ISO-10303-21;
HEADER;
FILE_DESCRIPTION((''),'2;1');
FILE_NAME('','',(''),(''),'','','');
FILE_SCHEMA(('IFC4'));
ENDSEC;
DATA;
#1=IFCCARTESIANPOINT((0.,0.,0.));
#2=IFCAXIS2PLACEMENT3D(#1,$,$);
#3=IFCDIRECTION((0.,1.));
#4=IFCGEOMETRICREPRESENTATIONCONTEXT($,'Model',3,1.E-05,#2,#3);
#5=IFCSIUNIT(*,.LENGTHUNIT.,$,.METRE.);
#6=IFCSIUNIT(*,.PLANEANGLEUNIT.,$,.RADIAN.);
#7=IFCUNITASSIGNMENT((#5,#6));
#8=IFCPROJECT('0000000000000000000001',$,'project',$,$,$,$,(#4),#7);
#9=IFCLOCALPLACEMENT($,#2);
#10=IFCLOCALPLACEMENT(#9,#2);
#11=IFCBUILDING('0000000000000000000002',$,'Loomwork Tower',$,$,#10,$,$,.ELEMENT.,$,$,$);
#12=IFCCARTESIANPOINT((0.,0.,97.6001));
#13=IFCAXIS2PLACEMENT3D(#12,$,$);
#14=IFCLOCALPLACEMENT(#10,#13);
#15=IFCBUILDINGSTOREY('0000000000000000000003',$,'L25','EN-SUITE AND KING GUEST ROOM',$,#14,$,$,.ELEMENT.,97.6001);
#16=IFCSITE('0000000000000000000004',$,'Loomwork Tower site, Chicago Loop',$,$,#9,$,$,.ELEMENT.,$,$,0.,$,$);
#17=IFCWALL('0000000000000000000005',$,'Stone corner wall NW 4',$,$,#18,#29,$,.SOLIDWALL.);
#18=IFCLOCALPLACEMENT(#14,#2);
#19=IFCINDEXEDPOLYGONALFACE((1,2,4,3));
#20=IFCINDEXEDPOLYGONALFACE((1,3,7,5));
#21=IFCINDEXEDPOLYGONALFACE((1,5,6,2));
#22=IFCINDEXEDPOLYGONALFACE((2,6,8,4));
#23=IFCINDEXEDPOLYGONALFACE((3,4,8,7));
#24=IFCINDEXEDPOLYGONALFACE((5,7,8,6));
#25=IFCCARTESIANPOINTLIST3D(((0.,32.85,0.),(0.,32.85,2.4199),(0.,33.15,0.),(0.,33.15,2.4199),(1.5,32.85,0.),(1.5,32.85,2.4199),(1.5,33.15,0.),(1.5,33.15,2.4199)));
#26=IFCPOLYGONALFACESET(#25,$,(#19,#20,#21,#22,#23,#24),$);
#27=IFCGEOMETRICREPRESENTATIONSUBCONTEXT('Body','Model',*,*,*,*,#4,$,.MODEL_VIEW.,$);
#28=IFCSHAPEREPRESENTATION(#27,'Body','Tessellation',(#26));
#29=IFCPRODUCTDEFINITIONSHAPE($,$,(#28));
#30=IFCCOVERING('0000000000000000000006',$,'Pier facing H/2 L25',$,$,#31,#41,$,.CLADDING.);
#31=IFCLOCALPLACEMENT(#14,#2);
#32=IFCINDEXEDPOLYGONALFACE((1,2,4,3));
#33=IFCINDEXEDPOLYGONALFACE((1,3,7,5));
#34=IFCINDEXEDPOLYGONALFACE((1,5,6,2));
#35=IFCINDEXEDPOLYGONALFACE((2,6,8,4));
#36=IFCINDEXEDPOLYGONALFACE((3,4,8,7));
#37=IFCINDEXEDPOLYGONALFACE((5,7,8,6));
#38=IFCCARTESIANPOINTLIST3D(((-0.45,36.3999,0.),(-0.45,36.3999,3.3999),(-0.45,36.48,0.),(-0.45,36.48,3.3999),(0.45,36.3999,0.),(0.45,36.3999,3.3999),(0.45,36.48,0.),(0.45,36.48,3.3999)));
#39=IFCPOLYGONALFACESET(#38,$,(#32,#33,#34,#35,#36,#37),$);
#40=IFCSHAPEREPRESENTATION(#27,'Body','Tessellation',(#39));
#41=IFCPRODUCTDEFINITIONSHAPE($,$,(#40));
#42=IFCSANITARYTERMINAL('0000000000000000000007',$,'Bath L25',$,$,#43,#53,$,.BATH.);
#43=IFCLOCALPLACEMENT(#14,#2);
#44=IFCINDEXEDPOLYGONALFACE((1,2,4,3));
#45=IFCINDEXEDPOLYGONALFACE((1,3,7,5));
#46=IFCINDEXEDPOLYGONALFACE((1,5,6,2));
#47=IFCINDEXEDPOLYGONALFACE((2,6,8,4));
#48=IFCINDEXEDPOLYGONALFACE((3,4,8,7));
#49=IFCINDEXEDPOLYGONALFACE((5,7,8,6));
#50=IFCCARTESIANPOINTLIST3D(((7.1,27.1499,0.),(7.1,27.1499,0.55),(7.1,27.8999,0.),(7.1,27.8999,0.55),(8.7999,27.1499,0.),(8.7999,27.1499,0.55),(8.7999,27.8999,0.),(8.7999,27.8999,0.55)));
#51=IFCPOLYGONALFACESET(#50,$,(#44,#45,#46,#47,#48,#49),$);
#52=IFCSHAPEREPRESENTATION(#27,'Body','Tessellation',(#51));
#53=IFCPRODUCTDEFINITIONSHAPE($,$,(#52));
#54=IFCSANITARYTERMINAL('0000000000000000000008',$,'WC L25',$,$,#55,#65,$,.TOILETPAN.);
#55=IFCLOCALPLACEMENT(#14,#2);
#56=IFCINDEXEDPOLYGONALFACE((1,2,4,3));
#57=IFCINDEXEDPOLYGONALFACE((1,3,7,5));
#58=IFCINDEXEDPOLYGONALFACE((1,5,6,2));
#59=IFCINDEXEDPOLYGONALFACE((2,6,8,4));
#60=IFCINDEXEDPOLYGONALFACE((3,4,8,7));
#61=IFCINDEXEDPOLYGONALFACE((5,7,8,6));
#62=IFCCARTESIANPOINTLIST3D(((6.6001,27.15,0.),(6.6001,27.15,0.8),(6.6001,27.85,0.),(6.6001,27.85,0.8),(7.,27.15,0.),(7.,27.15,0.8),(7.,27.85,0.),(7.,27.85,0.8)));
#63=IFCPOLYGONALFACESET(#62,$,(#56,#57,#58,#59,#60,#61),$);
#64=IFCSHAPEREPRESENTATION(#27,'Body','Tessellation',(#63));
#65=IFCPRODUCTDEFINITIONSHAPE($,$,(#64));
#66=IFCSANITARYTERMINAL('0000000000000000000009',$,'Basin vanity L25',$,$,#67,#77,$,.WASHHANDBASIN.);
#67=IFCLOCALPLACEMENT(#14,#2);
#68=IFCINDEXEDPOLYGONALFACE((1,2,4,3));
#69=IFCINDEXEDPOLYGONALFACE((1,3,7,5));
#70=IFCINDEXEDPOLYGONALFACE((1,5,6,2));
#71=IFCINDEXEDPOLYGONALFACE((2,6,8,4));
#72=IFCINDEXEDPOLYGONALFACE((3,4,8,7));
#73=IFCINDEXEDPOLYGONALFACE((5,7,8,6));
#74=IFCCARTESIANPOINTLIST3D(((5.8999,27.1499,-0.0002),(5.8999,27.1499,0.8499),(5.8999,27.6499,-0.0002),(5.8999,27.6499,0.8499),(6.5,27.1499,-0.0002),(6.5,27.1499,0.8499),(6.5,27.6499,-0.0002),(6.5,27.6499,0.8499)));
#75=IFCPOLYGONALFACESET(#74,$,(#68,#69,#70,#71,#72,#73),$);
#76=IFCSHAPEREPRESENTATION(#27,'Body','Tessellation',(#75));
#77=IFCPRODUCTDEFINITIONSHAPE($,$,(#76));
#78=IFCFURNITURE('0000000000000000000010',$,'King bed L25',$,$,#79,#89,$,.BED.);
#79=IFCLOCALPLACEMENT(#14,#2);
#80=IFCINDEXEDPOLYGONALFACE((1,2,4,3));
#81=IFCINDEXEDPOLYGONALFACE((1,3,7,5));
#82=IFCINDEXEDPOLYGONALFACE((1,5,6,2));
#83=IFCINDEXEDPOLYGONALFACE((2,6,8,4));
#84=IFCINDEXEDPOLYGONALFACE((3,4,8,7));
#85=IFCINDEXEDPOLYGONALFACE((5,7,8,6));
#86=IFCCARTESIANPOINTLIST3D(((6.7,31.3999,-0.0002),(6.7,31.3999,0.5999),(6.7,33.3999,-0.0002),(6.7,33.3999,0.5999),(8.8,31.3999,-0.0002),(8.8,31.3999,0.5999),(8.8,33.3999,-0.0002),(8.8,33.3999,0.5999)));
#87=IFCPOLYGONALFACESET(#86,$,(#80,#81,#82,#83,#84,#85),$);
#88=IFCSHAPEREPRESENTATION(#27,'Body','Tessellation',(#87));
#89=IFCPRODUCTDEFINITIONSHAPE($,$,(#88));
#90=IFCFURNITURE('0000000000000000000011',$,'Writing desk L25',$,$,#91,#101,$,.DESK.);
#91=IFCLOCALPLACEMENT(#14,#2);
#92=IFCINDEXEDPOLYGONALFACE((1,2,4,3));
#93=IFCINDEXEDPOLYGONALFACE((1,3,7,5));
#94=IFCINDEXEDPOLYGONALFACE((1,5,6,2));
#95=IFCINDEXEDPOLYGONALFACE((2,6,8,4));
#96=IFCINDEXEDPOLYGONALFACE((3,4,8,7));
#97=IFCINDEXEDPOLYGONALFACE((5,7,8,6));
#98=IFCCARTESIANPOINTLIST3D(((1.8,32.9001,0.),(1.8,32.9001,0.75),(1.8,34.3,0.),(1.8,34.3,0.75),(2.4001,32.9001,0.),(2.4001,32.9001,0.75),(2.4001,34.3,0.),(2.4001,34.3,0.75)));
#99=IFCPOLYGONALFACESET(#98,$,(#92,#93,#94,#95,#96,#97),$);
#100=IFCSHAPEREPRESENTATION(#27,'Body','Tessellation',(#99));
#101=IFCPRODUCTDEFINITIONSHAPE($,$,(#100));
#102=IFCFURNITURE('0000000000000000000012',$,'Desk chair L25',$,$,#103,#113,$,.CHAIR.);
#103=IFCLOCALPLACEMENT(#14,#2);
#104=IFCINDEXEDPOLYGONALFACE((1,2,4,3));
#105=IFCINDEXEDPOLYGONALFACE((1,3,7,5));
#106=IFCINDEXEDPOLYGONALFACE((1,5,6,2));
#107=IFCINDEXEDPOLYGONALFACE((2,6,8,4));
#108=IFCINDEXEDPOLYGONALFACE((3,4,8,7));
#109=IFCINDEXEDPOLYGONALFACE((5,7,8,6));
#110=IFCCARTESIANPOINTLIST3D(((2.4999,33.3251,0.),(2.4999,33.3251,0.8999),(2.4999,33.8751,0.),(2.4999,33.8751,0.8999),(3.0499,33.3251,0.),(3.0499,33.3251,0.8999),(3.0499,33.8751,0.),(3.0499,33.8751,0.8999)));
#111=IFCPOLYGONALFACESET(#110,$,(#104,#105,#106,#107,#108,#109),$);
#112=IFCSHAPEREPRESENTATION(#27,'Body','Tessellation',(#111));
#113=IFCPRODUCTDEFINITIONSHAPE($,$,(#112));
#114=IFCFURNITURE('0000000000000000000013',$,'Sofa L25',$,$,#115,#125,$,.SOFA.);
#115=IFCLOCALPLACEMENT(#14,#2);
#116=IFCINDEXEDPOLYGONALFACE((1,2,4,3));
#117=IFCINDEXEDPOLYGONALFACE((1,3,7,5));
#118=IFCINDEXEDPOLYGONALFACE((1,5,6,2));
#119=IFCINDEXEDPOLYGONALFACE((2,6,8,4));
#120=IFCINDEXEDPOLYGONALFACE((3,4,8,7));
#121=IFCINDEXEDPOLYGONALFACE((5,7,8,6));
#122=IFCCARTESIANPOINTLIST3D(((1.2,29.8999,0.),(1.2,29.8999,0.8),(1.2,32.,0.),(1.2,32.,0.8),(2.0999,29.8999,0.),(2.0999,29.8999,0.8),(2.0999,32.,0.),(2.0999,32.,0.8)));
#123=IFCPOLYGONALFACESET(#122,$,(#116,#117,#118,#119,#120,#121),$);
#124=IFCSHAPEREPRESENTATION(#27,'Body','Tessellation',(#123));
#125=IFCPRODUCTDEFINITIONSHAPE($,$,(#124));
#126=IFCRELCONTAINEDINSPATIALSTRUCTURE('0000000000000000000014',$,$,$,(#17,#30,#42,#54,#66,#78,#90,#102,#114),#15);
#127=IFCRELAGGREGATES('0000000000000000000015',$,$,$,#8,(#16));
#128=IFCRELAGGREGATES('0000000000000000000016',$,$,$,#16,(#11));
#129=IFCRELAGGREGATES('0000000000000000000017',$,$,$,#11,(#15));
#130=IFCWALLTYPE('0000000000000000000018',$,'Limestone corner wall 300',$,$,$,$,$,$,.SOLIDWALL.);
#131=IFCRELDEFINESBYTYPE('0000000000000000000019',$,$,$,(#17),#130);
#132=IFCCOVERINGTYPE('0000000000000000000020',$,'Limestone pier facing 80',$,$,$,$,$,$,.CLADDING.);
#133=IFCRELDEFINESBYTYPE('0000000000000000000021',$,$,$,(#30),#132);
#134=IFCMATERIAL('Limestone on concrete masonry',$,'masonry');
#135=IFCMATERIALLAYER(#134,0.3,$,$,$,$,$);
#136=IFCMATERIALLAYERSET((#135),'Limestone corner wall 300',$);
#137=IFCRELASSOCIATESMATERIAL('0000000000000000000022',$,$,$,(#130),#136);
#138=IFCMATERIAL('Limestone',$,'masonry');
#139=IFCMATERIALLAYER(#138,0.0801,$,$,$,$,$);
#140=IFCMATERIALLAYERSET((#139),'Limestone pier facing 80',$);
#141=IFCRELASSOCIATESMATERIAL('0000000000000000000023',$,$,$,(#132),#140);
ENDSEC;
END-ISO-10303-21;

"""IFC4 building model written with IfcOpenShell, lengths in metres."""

from ifc_helpers import new_model, si_unit, direction, frame, frame_2d, origin, origin_2d, place, context, subcontext, project, spatial, rectangle, extrude, material, layer, layer_set, type_object, element, save


model = new_model("IFC4")

# Units and contexts
model_context = context("Model", 3, precision=1e-05, world=origin(), true_north=direction((0.0, 1.0)))
body_context = subcontext(model_context, "Body", "Model", "MODEL_VIEW")
ifc_project = project(units=[si_unit("LENGTHUNIT", "METRE"), si_unit("PLANEANGLEUNIT", "RADIAN")], contexts=[model_context])

# Site, building, storey
site_placement = place(None, origin())
site = spatial("IfcSite", under=ifc_project, at=site_placement, Name="Loomwork Tower site, Chicago Loop", CompositionType="ELEMENT", RefElevation=0.0)
building_placement = place(site_placement, origin())
building = spatial("IfcBuilding", under=site, at=building_placement, Name="Loomwork Tower", CompositionType="ELEMENT")
storey_placement = place(building_placement, frame((0.0, 0.0, 97.6001)))
storey = spatial("IfcBuildingStorey", under=building, at=storey_placement, Name="L25", Description="EN-SUITE AND KING GUEST ROOM", CompositionType="ELEMENT", Elevation=97.6001)

# Shared definitions
ifc_material_1 = material(Name="Limestone on concrete masonry", Category="masonry")
ifc_layer_1 = layer(ifc_material_1, 0.3)
ifc_layer_set_1 = layer_set([ifc_layer_1], Name="Limestone corner wall 300")
wall_type_1 = type_object("IfcWallType", Name="Limestone corner wall 300", PredefinedType="SOLIDWALL", material=ifc_layer_set_1)

# Wall
wall_1_placement = place(storey_placement, frame((1.5, 33.0, 0.0), z_axis=(0.0, 0.0, 1.0), x_axis=(-1.0, 0.0, 0.0)))
element("IfcWall", 1, at=wall_1_placement, inside=storey, type_object=wall_type_1, Name="Stone corner wall NW 4", PredefinedType="SOLIDWALL", context=body_context, shape_type="SweptSolid", body=[
    extrude(rectangle(XDim=1.5, YDim=0.3, at=frame_2d((0.75, 0.0))), origin(), (0.0, 0.0, 1.0), 2.4199),
])

# Covering
ifc_material_2 = material(Name="Limestone", Category="masonry")
ifc_layer_2 = layer(ifc_material_2, 0.0801)
ifc_layer_set_2 = layer_set([ifc_layer_2], Name="Limestone pier facing 80")
covering_type = type_object("IfcCoveringType", Name="Limestone pier facing 80", PredefinedType="CLADDING", material=ifc_layer_set_2)
covering_placement = place(storey_placement, frame((0.0, 36.4399, 0.0), z_axis=(0.0, 0.0, 1.0), x_axis=(1.0, 0.0, 0.0)))
element("IfcCovering", 2, at=covering_placement, inside=storey, type_object=covering_type, Name="Pier facing H/2 L25", PredefinedType="CLADDING", context=body_context, shape_type="SweptSolid", body=[
    extrude(rectangle(XDim=0.8999, YDim=0.0801, at=origin_2d()), origin(), (0.0, 0.0, 1.0), 3.3999),
])

# Sanitary terminals
sanitary_terminal_1_placement = place(storey_placement, frame((7.95, 27.5249, 0.0), z_axis=(0.0, 0.0, 1.0), x_axis=(1.0, 0.0, 0.0)))
element("IfcSanitaryTerminal", 3, at=sanitary_terminal_1_placement, inside=storey, Name="Bath L25", PredefinedType="BATH", context=body_context, shape_type="SweptSolid", body=[
    extrude(rectangle(XDim=1.7, YDim=0.75, at=origin_2d()), origin(), (0.0, 0.0, 1.0), 0.55),
])
sanitary_terminal_2_placement = place(storey_placement, frame((6.8, 27.5, 0.0), z_axis=(0.0, 0.0, 1.0), x_axis=(1.0, 0.0, 0.0)))
element("IfcSanitaryTerminal", 4, at=sanitary_terminal_2_placement, inside=storey, Name="WC L25", PredefinedType="TOILETPAN", context=body_context, shape_type="SweptSolid", body=[
    extrude(rectangle(XDim=0.3999, YDim=0.7, at=origin_2d()), origin(), (0.0, 0.0, 1.0), 0.8),
])
sanitary_terminal_3_placement = place(storey_placement, frame((6.2, 27.3999, -0.0002), z_axis=(0.0, 0.0, 1.0), x_axis=(1.0, 0.0, 0.0)))
element("IfcSanitaryTerminal", 5, at=sanitary_terminal_3_placement, inside=storey, Name="Basin vanity L25", PredefinedType="WASHHANDBASIN", context=body_context, shape_type="SweptSolid", body=[
    extrude(rectangle(XDim=0.6001, YDim=0.5, at=origin_2d()), origin(), (0.0, 0.0, 1.0), 0.8501),
])

# Furniture
furniture_1_placement = place(storey_placement, frame((7.75, 32.3999, -0.0002), z_axis=(0.0, 0.0, 1.0), x_axis=(1.0, 0.0, 0.0)))
element("IfcFurniture", 6, at=furniture_1_placement, inside=storey, Name="King bed L25", PredefinedType="BED", context=body_context, shape_type="SweptSolid", body=[
    extrude(rectangle(XDim=2.1001, YDim=2.0, at=origin_2d()), origin(), (0.0, 0.0, 1.0), 0.6001),
])
furniture_2_placement = place(storey_placement, frame((2.1001, 33.6001, 0.0), z_axis=(0.0, 0.0, 1.0), x_axis=(1.0, 0.0, 0.0)))
element("IfcFurniture", 7, at=furniture_2_placement, inside=storey, Name="Writing desk L25", PredefinedType="DESK", context=body_context, shape_type="SweptSolid", body=[
    extrude(rectangle(XDim=0.6001, YDim=1.3999, at=origin_2d()), origin(), (0.0, 0.0, 1.0), 0.75),
])
furniture_3_placement = place(storey_placement, frame((2.7749, 33.6001, 0.0), z_axis=(0.0, 0.0, 1.0), x_axis=(1.0, 0.0, 0.0)))
element("IfcFurniture", 8, at=furniture_3_placement, inside=storey, Name="Desk chair L25", PredefinedType="CHAIR", context=body_context, shape_type="SweptSolid", body=[
    extrude(rectangle(XDim=0.55, YDim=0.55, at=origin_2d()), origin(), (0.0, 0.0, 1.0), 0.8999),
])
furniture_4_placement = place(storey_placement, frame((1.6499, 30.95, 0.0), z_axis=(0.0, 0.0, 1.0), x_axis=(1.0, 0.0, 0.0)))
element("IfcFurniture", 9, at=furniture_4_placement, inside=storey, Name="Sofa L25", PredefinedType="SOFA", context=body_context, shape_type="SweptSolid", body=[
    extrude(rectangle(XDim=0.8999, YDim=2.1001, at=origin_2d()), origin(), (0.0, 0.0, 1.0), 0.8),
])

save(model, "model.ifc")
